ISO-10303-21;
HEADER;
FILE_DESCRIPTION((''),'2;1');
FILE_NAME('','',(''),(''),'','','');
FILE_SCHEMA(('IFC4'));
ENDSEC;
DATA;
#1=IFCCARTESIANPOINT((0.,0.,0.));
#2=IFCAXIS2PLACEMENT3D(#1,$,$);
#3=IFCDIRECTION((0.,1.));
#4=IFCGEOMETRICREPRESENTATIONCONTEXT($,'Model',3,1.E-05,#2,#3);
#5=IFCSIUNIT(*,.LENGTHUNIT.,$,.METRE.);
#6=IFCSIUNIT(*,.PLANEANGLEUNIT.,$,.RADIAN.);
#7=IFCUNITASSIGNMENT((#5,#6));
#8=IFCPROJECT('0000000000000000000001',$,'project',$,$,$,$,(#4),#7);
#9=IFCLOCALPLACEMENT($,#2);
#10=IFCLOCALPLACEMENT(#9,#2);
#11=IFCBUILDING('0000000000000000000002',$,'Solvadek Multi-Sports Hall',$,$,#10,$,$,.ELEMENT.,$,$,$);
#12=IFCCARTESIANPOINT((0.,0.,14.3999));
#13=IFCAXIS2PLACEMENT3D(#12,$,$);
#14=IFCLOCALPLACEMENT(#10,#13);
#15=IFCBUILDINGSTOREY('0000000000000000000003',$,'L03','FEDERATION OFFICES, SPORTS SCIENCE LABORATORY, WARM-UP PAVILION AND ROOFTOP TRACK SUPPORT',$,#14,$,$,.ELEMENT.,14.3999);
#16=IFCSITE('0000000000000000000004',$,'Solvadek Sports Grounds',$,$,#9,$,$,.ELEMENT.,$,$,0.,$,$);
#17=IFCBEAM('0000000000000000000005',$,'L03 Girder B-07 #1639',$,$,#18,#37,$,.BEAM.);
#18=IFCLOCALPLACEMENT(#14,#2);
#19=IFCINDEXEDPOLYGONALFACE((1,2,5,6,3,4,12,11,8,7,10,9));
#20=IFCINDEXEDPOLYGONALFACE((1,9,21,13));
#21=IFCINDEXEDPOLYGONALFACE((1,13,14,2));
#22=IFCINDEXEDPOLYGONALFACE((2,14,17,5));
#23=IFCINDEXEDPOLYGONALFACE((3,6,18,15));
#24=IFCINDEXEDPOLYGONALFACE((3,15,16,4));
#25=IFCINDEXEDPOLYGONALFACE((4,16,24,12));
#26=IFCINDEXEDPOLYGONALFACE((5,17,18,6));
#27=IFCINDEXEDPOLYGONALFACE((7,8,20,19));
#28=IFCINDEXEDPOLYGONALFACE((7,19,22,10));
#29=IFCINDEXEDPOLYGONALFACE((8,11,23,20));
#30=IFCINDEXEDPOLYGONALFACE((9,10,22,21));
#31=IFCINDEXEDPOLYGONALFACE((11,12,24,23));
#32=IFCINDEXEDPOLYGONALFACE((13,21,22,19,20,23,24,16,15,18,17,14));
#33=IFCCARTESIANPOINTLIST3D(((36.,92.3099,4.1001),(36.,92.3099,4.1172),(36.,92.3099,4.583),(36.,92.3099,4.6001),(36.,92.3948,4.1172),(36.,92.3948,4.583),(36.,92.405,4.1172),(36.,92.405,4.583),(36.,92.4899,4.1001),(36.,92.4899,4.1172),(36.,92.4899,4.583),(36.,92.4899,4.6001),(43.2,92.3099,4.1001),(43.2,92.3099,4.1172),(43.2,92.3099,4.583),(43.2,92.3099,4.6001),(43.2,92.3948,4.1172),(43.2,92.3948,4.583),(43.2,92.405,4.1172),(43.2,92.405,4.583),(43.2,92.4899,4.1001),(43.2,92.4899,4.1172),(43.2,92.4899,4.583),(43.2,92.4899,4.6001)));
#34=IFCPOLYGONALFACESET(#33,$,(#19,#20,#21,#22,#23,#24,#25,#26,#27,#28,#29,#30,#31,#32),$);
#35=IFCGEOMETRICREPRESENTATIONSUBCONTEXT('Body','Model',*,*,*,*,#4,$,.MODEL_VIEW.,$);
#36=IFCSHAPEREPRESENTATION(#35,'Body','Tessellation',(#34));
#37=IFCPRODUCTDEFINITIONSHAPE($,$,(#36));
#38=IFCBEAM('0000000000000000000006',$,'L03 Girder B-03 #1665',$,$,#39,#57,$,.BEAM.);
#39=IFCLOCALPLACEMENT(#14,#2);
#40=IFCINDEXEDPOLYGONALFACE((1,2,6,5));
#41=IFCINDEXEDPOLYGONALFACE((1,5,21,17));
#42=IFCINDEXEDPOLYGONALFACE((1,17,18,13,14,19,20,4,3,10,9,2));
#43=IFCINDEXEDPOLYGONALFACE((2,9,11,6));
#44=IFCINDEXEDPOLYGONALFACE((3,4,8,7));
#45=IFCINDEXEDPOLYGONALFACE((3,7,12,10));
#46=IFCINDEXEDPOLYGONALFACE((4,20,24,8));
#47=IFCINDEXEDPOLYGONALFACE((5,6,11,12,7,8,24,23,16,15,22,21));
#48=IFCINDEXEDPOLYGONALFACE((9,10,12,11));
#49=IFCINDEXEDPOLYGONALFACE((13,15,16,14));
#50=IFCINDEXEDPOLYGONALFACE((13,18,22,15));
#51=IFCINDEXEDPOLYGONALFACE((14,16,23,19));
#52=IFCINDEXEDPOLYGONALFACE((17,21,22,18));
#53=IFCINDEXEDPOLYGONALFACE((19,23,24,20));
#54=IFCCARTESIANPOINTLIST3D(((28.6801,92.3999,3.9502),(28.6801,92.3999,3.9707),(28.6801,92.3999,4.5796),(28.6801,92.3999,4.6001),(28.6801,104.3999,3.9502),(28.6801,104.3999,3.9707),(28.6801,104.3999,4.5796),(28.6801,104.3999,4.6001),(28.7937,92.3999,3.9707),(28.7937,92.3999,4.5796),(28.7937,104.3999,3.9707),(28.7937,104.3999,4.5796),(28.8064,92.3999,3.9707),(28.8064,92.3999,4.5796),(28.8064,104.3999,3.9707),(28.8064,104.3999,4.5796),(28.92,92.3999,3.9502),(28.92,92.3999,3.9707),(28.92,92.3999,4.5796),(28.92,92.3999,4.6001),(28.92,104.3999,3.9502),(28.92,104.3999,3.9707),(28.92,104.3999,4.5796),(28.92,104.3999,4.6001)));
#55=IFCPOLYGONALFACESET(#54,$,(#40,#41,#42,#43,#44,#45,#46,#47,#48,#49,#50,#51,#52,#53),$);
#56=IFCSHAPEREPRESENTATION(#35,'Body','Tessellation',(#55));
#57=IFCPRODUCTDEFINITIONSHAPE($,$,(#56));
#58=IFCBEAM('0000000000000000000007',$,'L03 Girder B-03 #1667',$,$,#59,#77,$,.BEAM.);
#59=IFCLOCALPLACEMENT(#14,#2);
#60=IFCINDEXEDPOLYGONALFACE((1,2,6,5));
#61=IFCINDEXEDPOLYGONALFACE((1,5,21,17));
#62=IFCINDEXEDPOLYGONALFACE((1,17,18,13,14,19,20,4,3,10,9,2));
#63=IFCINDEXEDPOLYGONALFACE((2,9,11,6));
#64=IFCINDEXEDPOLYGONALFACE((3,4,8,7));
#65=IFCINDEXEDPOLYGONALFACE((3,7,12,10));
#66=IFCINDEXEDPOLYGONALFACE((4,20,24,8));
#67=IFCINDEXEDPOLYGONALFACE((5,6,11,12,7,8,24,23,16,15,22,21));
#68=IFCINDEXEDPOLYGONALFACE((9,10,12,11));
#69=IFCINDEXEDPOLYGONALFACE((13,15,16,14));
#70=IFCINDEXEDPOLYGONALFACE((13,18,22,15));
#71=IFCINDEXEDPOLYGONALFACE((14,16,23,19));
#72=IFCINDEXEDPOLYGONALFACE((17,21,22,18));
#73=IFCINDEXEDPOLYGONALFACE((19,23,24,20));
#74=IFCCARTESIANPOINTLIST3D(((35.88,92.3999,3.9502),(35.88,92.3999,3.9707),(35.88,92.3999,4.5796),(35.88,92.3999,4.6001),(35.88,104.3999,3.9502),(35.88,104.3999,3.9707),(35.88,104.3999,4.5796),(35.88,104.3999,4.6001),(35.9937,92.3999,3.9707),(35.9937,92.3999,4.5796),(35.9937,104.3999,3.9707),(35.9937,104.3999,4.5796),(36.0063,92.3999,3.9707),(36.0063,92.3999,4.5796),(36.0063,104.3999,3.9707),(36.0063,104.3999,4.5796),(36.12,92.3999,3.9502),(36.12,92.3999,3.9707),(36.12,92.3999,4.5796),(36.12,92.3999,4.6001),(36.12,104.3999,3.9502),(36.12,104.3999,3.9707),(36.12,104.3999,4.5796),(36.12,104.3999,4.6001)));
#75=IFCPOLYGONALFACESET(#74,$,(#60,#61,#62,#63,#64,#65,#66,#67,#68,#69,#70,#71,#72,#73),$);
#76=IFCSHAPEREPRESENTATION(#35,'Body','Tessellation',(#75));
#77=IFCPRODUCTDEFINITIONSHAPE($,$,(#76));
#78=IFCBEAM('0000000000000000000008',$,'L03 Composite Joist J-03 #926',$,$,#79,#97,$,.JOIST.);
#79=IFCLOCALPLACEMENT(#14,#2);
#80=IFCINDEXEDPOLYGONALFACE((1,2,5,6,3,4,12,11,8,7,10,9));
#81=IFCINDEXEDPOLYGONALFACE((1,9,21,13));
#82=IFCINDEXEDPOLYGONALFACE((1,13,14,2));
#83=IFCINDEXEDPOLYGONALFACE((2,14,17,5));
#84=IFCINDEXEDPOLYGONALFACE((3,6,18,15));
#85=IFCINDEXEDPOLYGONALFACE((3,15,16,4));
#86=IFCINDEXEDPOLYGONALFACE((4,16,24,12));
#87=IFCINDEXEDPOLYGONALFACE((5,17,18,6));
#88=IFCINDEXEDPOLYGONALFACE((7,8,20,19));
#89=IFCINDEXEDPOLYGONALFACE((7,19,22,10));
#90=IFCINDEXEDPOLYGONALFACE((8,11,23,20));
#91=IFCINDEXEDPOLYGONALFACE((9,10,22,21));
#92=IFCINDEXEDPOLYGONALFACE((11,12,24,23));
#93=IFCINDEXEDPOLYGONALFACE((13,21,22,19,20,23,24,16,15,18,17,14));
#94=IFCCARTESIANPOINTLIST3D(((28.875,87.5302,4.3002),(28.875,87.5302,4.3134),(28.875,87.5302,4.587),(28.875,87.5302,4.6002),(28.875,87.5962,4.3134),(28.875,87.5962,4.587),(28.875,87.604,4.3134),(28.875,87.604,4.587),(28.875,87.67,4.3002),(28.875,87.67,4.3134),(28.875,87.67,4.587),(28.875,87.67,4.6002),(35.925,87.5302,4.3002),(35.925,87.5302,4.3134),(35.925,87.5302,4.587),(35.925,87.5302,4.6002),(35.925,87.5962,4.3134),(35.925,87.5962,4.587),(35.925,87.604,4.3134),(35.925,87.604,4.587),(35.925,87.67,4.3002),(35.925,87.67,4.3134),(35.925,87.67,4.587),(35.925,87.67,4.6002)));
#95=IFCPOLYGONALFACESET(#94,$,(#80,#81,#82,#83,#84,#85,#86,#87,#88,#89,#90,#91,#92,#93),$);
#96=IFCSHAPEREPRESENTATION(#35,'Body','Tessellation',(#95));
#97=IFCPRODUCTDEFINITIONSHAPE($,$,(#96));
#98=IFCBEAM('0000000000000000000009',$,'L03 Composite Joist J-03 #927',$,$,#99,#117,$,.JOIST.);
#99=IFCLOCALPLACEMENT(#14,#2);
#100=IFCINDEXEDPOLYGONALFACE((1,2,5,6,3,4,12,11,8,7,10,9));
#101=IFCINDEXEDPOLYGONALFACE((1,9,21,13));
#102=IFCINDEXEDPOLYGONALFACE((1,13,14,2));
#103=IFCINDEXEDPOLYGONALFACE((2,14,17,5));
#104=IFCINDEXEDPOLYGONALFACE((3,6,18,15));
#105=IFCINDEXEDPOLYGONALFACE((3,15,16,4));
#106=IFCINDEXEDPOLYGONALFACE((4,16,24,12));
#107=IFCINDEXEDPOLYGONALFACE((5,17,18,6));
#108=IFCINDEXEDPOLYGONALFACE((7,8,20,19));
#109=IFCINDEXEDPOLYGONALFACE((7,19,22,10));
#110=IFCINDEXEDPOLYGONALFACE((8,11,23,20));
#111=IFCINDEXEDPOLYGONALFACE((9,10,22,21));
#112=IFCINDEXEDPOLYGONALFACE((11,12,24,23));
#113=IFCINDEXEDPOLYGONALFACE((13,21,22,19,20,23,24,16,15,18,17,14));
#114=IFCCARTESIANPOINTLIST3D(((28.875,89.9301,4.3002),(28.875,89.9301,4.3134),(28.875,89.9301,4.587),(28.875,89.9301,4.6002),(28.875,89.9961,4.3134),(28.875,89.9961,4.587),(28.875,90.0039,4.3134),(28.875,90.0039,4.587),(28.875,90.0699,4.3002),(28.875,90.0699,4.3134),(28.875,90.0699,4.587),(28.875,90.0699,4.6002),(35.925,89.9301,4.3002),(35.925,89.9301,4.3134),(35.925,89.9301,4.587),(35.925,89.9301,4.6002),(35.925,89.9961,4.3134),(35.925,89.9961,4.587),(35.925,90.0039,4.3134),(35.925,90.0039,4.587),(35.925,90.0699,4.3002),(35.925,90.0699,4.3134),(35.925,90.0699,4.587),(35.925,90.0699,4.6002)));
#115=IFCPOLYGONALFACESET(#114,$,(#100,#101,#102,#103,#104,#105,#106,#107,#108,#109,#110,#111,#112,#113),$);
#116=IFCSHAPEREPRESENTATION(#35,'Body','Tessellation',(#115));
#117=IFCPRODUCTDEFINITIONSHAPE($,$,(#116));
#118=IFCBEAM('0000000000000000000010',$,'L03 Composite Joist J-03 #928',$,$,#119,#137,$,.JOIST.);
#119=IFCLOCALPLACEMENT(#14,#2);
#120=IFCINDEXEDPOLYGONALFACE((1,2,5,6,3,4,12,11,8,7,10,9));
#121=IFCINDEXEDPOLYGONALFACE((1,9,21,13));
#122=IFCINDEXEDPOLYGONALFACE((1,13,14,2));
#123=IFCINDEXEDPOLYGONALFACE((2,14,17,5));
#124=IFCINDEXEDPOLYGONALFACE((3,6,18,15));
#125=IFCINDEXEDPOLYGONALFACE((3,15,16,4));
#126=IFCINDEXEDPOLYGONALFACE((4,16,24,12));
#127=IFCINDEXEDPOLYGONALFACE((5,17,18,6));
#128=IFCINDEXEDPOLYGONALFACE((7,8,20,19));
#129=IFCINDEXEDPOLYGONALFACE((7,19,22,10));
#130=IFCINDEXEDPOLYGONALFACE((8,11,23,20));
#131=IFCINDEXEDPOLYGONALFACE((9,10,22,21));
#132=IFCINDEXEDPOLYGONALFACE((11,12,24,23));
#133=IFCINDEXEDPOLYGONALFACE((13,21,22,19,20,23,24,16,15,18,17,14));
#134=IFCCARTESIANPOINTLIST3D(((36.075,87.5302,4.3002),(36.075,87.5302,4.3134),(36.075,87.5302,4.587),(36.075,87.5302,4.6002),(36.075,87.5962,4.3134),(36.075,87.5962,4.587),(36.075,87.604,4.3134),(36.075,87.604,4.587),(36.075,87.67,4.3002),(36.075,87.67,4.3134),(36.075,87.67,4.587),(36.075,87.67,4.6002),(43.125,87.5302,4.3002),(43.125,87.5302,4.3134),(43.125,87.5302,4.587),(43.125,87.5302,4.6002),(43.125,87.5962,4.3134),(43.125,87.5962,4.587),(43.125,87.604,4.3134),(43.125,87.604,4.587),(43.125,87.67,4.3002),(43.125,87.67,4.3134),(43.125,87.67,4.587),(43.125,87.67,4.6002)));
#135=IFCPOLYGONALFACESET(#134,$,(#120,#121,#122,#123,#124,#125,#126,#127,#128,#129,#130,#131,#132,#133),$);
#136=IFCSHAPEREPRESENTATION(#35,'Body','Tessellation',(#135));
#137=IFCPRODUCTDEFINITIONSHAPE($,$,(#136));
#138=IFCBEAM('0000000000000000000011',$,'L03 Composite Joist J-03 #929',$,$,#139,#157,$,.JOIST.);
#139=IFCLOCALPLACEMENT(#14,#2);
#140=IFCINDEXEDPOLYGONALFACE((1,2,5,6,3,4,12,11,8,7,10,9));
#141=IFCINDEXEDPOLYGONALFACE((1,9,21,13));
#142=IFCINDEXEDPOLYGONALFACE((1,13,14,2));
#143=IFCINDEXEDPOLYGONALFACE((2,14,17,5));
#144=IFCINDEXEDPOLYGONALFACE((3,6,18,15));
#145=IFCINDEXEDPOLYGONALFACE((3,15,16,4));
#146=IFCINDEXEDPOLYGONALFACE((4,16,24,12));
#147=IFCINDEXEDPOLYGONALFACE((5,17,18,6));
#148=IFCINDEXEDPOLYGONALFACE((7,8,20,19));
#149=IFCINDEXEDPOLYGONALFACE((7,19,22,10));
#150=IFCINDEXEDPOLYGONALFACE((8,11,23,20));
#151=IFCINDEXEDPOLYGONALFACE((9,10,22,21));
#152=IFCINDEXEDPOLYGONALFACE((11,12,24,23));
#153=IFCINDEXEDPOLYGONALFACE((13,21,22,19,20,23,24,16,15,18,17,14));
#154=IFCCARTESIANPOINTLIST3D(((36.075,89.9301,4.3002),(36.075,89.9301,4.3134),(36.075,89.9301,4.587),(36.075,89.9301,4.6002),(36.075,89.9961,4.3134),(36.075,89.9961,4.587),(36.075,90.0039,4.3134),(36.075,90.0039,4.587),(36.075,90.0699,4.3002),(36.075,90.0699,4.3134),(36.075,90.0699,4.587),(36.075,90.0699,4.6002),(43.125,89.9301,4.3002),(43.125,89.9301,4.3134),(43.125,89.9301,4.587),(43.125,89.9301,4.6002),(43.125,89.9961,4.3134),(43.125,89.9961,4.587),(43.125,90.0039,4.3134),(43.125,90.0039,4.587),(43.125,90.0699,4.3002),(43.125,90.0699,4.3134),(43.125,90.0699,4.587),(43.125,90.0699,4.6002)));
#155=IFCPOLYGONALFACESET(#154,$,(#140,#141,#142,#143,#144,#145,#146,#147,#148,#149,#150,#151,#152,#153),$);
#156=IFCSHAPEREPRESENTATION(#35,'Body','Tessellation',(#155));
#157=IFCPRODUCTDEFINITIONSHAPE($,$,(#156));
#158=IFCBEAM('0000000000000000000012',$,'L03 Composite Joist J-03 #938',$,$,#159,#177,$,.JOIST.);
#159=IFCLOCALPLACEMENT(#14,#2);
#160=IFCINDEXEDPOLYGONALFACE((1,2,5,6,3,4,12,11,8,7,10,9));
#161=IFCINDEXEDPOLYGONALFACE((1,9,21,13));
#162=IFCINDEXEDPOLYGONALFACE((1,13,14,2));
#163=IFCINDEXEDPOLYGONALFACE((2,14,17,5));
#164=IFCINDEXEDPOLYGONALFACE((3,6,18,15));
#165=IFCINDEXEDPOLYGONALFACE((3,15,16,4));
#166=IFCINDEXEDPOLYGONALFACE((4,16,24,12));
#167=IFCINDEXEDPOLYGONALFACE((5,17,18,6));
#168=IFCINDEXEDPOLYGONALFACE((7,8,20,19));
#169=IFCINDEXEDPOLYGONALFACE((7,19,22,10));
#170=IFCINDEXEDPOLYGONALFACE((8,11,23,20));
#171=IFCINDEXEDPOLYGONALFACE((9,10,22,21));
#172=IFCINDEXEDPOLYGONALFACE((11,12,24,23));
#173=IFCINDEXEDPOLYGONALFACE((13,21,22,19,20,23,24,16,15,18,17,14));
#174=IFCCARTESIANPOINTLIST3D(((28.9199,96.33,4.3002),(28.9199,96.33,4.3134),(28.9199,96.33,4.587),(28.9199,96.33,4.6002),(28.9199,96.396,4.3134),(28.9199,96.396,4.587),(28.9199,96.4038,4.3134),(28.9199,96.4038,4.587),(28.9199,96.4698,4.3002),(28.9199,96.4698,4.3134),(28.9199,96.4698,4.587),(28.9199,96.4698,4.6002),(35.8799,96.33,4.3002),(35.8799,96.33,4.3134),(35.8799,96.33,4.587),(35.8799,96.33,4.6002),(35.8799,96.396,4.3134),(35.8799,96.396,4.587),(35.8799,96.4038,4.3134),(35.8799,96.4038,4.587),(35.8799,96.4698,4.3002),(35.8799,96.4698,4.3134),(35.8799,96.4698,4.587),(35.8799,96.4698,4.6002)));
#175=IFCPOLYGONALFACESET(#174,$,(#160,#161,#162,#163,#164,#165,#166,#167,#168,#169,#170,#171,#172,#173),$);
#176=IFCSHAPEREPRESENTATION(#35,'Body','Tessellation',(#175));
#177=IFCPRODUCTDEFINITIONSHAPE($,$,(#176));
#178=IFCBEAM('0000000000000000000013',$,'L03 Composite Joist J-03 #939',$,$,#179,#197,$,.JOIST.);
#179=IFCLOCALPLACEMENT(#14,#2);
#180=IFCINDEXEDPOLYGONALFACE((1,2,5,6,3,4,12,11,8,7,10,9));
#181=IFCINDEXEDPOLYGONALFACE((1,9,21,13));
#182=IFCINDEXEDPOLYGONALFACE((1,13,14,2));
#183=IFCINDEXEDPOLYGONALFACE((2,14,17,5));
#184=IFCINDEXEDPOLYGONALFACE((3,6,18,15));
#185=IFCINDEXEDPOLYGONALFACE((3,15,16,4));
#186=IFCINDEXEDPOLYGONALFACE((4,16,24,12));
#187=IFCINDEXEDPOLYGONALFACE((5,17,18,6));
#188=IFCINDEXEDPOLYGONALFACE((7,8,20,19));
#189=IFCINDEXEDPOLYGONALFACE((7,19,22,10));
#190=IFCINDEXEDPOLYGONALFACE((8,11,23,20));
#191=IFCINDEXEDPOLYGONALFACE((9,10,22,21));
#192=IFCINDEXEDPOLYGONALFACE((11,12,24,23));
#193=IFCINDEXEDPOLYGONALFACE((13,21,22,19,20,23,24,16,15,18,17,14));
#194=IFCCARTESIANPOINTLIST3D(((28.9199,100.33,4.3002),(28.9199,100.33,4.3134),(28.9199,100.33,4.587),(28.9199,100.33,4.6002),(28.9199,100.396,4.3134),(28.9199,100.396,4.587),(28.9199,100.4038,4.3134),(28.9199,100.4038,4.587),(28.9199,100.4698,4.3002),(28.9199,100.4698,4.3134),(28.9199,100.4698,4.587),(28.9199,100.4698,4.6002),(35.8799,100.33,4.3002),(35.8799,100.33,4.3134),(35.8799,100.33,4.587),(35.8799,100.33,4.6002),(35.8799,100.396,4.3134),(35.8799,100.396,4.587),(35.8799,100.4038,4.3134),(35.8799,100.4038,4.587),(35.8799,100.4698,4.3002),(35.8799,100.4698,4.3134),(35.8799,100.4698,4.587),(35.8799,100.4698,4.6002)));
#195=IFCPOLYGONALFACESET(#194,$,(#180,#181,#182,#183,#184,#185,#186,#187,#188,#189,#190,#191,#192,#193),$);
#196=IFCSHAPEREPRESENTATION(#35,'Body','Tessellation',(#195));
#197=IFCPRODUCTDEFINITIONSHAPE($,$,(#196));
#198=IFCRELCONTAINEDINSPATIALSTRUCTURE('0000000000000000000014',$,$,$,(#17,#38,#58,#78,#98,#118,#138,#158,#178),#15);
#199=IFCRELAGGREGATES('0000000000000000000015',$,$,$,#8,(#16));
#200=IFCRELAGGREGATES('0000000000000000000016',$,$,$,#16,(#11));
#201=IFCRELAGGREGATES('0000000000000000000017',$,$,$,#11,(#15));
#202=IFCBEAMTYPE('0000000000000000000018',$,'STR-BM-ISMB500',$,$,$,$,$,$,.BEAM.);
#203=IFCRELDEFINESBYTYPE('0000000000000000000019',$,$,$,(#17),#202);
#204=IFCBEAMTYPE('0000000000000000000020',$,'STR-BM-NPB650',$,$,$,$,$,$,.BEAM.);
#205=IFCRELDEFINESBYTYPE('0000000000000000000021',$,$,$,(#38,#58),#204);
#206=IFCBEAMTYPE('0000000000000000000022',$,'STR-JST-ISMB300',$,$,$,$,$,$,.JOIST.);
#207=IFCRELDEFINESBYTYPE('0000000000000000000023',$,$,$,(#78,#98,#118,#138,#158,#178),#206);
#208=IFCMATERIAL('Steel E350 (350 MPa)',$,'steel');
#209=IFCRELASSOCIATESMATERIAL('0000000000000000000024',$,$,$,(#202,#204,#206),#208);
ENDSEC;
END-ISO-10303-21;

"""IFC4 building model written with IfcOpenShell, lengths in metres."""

from ifc_helpers import new_model, si_unit, direction, frame, origin, origin_2d, place, context, subcontext, project, spatial, i_section, extrude, material, material_profile, profile_set, type_object, element, save


model = new_model("IFC4")

# Units and contexts
model_context = context("Model", 3, precision=1e-05, world=origin(), true_north=direction((0.0, 1.0)))
body_context = subcontext(model_context, "Body", "Model", "MODEL_VIEW")
ifc_project = project(units=[si_unit("LENGTHUNIT", "METRE"), si_unit("PLANEANGLEUNIT", "RADIAN")], contexts=[model_context])

# Site, building, storey
site_placement = place(None, origin())
site = spatial("IfcSite", under=ifc_project, at=site_placement, Name="Solvadek Sports Grounds", CompositionType="ELEMENT", RefElevation=0.0)
building_placement = place(site_placement, origin())
building = spatial("IfcBuilding", under=site, at=building_placement, Name="Solvadek Multi-Sports Hall", CompositionType="ELEMENT")
storey_placement = place(building_placement, frame((0.0, 0.0, 14.3999)))
storey = spatial("IfcBuildingStorey", under=building, at=storey_placement, Name="L03", Description="FEDERATION OFFICES, SPORTS SCIENCE LABORATORY, WARM-UP PAVILION AND ROOFTOP TRACK SUPPORT", CompositionType="ELEMENT", Elevation=14.3999)

# Shared definitions
ifc_material_1 = material(Name="Steel E350 (350 MPa)", Category="steel")

# Beams
ifc_material_profile_1 = material_profile(ifc_material_1, i_section(OverallWidth=0.1799, OverallDepth=0.5, WebThickness=0.0103, FlangeThickness=0.0171, at=origin_2d()), Name="ISMB 500")
ifc_profile_set_1 = profile_set([ifc_material_profile_1], Name="Steel E350 (350 MPa)")
beam_type_1 = type_object("IfcBeamType", Name="STR-BM-ISMB500", PredefinedType="BEAM", material=ifc_profile_set_1)
beam_placement = place(storey_placement, frame((36.0, 92.3999, 4.3501), z_axis=(1.0, 0.0, 0.0), x_axis=(0.0, 1.0, 0.0)))
element("IfcBeam", 1, at=beam_placement, inside=storey, type_object=beam_type_1, Name="L03 Girder B-07 #1639", PredefinedType="BEAM", context=body_context, shape_type="SweptSolid", body=[
    extrude(i_section(OverallWidth=0.1799, OverallDepth=0.5, WebThickness=0.0103, FlangeThickness=0.0171, at=origin_2d()), origin(), (0.0, 0.0, 1.0), 7.2),
])
ifc_material_profile_2 = material_profile(ifc_material_1, i_section(OverallWidth=0.24, OverallDepth=0.6499, WebThickness=0.0127, FlangeThickness=0.0205, at=origin_2d()), Name="NPB 650")
ifc_profile_set_2 = profile_set([ifc_material_profile_2], Name="Steel E350 (350 MPa)")
beam_type_2 = type_object("IfcBeamType", Name="STR-BM-NPB650", PredefinedType="BEAM", material=ifc_profile_set_2)
for number, where, z_axis, x_axis, name in (
    (2, (28.8, 92.3999, 4.2751), (0.0, 1.0, 0.0), (-1.0, 0.0, 0.0), "L03 Girder B-03 #1665"),
    (3, (36.0, 92.3999, 4.2751), (0.0, 1.0, 0.0), (-1.0, 0.0, 0.0), "L03 Girder B-03 #1667"),
):
    element("IfcBeam", number, at=place(storey_placement, frame(where, z_axis=z_axis, x_axis=x_axis)), inside=storey, type_object=beam_type_2, Name=name, PredefinedType="BEAM", context=body_context, shape_type="SweptSolid", body=[
        extrude(i_section(OverallWidth=0.24, OverallDepth=0.6499, WebThickness=0.0127, FlangeThickness=0.0205, at=origin_2d()), origin(), (0.0, 0.0, 1.0), 12.0),
    ])
ifc_material_profile_3 = material_profile(ifc_material_1, i_section(OverallWidth=0.1399, OverallDepth=0.3, WebThickness=0.0078, FlangeThickness=0.0132, at=origin_2d()), Name="ISMB 300")
ifc_profile_set_3 = profile_set([ifc_material_profile_3], Name="Steel E350 (350 MPa)")
beam_type_3 = type_object("IfcBeamType", Name="STR-JST-ISMB300", PredefinedType="JOIST", material=ifc_profile_set_3)
for number, where, z_axis, x_axis, name in (
    (4, (28.875, 87.6001, 4.4502), (1.0, 0.0, 0.0), (0.0, 1.0, 0.0), "L03 Composite Joist J-03 #926"),
    (5, (28.875, 90.0, 4.4502), (1.0, 0.0, 0.0), (0.0, 1.0, 0.0), "L03 Composite Joist J-03 #927"),
    (6, (36.075, 87.6001, 4.4502), (1.0, 0.0, 0.0), (0.0, 1.0, 0.0), "L03 Composite Joist J-03 #928"),
    (7, (36.075, 90.0, 4.4502), (1.0, 0.0, 0.0), (0.0, 1.0, 0.0), "L03 Composite Joist J-03 #929"),
):
    element("IfcBeam", number, at=place(storey_placement, frame(where, z_axis=z_axis, x_axis=x_axis)), inside=storey, type_object=beam_type_3, Name=name, PredefinedType="JOIST", context=body_context, shape_type="SweptSolid", body=[
        extrude(i_section(OverallWidth=0.1399, OverallDepth=0.3, WebThickness=0.0078, FlangeThickness=0.0132, at=origin_2d()), origin(), (0.0, 0.0, 1.0), 7.05),
    ])
for number, where, z_axis, x_axis, name in (
    (8, (28.9199, 96.3999, 4.4502), (1.0, 0.0, 0.0), (0.0, 1.0, 0.0), "L03 Composite Joist J-03 #938"),
    (9, (28.9199, 100.3999, 4.4502), (1.0, 0.0, 0.0), (0.0, 1.0, 0.0), "L03 Composite Joist J-03 #939"),
):
    element("IfcBeam", number, at=place(storey_placement, frame(where, z_axis=z_axis, x_axis=x_axis)), inside=storey, type_object=beam_type_3, Name=name, PredefinedType="JOIST", context=body_context, shape_type="SweptSolid", body=[
        extrude(i_section(OverallWidth=0.1399, OverallDepth=0.3, WebThickness=0.0078, FlangeThickness=0.0132, at=origin_2d()), origin(), (0.0, 0.0, 1.0), 6.96),
    ])

save(model, "model.ifc")
